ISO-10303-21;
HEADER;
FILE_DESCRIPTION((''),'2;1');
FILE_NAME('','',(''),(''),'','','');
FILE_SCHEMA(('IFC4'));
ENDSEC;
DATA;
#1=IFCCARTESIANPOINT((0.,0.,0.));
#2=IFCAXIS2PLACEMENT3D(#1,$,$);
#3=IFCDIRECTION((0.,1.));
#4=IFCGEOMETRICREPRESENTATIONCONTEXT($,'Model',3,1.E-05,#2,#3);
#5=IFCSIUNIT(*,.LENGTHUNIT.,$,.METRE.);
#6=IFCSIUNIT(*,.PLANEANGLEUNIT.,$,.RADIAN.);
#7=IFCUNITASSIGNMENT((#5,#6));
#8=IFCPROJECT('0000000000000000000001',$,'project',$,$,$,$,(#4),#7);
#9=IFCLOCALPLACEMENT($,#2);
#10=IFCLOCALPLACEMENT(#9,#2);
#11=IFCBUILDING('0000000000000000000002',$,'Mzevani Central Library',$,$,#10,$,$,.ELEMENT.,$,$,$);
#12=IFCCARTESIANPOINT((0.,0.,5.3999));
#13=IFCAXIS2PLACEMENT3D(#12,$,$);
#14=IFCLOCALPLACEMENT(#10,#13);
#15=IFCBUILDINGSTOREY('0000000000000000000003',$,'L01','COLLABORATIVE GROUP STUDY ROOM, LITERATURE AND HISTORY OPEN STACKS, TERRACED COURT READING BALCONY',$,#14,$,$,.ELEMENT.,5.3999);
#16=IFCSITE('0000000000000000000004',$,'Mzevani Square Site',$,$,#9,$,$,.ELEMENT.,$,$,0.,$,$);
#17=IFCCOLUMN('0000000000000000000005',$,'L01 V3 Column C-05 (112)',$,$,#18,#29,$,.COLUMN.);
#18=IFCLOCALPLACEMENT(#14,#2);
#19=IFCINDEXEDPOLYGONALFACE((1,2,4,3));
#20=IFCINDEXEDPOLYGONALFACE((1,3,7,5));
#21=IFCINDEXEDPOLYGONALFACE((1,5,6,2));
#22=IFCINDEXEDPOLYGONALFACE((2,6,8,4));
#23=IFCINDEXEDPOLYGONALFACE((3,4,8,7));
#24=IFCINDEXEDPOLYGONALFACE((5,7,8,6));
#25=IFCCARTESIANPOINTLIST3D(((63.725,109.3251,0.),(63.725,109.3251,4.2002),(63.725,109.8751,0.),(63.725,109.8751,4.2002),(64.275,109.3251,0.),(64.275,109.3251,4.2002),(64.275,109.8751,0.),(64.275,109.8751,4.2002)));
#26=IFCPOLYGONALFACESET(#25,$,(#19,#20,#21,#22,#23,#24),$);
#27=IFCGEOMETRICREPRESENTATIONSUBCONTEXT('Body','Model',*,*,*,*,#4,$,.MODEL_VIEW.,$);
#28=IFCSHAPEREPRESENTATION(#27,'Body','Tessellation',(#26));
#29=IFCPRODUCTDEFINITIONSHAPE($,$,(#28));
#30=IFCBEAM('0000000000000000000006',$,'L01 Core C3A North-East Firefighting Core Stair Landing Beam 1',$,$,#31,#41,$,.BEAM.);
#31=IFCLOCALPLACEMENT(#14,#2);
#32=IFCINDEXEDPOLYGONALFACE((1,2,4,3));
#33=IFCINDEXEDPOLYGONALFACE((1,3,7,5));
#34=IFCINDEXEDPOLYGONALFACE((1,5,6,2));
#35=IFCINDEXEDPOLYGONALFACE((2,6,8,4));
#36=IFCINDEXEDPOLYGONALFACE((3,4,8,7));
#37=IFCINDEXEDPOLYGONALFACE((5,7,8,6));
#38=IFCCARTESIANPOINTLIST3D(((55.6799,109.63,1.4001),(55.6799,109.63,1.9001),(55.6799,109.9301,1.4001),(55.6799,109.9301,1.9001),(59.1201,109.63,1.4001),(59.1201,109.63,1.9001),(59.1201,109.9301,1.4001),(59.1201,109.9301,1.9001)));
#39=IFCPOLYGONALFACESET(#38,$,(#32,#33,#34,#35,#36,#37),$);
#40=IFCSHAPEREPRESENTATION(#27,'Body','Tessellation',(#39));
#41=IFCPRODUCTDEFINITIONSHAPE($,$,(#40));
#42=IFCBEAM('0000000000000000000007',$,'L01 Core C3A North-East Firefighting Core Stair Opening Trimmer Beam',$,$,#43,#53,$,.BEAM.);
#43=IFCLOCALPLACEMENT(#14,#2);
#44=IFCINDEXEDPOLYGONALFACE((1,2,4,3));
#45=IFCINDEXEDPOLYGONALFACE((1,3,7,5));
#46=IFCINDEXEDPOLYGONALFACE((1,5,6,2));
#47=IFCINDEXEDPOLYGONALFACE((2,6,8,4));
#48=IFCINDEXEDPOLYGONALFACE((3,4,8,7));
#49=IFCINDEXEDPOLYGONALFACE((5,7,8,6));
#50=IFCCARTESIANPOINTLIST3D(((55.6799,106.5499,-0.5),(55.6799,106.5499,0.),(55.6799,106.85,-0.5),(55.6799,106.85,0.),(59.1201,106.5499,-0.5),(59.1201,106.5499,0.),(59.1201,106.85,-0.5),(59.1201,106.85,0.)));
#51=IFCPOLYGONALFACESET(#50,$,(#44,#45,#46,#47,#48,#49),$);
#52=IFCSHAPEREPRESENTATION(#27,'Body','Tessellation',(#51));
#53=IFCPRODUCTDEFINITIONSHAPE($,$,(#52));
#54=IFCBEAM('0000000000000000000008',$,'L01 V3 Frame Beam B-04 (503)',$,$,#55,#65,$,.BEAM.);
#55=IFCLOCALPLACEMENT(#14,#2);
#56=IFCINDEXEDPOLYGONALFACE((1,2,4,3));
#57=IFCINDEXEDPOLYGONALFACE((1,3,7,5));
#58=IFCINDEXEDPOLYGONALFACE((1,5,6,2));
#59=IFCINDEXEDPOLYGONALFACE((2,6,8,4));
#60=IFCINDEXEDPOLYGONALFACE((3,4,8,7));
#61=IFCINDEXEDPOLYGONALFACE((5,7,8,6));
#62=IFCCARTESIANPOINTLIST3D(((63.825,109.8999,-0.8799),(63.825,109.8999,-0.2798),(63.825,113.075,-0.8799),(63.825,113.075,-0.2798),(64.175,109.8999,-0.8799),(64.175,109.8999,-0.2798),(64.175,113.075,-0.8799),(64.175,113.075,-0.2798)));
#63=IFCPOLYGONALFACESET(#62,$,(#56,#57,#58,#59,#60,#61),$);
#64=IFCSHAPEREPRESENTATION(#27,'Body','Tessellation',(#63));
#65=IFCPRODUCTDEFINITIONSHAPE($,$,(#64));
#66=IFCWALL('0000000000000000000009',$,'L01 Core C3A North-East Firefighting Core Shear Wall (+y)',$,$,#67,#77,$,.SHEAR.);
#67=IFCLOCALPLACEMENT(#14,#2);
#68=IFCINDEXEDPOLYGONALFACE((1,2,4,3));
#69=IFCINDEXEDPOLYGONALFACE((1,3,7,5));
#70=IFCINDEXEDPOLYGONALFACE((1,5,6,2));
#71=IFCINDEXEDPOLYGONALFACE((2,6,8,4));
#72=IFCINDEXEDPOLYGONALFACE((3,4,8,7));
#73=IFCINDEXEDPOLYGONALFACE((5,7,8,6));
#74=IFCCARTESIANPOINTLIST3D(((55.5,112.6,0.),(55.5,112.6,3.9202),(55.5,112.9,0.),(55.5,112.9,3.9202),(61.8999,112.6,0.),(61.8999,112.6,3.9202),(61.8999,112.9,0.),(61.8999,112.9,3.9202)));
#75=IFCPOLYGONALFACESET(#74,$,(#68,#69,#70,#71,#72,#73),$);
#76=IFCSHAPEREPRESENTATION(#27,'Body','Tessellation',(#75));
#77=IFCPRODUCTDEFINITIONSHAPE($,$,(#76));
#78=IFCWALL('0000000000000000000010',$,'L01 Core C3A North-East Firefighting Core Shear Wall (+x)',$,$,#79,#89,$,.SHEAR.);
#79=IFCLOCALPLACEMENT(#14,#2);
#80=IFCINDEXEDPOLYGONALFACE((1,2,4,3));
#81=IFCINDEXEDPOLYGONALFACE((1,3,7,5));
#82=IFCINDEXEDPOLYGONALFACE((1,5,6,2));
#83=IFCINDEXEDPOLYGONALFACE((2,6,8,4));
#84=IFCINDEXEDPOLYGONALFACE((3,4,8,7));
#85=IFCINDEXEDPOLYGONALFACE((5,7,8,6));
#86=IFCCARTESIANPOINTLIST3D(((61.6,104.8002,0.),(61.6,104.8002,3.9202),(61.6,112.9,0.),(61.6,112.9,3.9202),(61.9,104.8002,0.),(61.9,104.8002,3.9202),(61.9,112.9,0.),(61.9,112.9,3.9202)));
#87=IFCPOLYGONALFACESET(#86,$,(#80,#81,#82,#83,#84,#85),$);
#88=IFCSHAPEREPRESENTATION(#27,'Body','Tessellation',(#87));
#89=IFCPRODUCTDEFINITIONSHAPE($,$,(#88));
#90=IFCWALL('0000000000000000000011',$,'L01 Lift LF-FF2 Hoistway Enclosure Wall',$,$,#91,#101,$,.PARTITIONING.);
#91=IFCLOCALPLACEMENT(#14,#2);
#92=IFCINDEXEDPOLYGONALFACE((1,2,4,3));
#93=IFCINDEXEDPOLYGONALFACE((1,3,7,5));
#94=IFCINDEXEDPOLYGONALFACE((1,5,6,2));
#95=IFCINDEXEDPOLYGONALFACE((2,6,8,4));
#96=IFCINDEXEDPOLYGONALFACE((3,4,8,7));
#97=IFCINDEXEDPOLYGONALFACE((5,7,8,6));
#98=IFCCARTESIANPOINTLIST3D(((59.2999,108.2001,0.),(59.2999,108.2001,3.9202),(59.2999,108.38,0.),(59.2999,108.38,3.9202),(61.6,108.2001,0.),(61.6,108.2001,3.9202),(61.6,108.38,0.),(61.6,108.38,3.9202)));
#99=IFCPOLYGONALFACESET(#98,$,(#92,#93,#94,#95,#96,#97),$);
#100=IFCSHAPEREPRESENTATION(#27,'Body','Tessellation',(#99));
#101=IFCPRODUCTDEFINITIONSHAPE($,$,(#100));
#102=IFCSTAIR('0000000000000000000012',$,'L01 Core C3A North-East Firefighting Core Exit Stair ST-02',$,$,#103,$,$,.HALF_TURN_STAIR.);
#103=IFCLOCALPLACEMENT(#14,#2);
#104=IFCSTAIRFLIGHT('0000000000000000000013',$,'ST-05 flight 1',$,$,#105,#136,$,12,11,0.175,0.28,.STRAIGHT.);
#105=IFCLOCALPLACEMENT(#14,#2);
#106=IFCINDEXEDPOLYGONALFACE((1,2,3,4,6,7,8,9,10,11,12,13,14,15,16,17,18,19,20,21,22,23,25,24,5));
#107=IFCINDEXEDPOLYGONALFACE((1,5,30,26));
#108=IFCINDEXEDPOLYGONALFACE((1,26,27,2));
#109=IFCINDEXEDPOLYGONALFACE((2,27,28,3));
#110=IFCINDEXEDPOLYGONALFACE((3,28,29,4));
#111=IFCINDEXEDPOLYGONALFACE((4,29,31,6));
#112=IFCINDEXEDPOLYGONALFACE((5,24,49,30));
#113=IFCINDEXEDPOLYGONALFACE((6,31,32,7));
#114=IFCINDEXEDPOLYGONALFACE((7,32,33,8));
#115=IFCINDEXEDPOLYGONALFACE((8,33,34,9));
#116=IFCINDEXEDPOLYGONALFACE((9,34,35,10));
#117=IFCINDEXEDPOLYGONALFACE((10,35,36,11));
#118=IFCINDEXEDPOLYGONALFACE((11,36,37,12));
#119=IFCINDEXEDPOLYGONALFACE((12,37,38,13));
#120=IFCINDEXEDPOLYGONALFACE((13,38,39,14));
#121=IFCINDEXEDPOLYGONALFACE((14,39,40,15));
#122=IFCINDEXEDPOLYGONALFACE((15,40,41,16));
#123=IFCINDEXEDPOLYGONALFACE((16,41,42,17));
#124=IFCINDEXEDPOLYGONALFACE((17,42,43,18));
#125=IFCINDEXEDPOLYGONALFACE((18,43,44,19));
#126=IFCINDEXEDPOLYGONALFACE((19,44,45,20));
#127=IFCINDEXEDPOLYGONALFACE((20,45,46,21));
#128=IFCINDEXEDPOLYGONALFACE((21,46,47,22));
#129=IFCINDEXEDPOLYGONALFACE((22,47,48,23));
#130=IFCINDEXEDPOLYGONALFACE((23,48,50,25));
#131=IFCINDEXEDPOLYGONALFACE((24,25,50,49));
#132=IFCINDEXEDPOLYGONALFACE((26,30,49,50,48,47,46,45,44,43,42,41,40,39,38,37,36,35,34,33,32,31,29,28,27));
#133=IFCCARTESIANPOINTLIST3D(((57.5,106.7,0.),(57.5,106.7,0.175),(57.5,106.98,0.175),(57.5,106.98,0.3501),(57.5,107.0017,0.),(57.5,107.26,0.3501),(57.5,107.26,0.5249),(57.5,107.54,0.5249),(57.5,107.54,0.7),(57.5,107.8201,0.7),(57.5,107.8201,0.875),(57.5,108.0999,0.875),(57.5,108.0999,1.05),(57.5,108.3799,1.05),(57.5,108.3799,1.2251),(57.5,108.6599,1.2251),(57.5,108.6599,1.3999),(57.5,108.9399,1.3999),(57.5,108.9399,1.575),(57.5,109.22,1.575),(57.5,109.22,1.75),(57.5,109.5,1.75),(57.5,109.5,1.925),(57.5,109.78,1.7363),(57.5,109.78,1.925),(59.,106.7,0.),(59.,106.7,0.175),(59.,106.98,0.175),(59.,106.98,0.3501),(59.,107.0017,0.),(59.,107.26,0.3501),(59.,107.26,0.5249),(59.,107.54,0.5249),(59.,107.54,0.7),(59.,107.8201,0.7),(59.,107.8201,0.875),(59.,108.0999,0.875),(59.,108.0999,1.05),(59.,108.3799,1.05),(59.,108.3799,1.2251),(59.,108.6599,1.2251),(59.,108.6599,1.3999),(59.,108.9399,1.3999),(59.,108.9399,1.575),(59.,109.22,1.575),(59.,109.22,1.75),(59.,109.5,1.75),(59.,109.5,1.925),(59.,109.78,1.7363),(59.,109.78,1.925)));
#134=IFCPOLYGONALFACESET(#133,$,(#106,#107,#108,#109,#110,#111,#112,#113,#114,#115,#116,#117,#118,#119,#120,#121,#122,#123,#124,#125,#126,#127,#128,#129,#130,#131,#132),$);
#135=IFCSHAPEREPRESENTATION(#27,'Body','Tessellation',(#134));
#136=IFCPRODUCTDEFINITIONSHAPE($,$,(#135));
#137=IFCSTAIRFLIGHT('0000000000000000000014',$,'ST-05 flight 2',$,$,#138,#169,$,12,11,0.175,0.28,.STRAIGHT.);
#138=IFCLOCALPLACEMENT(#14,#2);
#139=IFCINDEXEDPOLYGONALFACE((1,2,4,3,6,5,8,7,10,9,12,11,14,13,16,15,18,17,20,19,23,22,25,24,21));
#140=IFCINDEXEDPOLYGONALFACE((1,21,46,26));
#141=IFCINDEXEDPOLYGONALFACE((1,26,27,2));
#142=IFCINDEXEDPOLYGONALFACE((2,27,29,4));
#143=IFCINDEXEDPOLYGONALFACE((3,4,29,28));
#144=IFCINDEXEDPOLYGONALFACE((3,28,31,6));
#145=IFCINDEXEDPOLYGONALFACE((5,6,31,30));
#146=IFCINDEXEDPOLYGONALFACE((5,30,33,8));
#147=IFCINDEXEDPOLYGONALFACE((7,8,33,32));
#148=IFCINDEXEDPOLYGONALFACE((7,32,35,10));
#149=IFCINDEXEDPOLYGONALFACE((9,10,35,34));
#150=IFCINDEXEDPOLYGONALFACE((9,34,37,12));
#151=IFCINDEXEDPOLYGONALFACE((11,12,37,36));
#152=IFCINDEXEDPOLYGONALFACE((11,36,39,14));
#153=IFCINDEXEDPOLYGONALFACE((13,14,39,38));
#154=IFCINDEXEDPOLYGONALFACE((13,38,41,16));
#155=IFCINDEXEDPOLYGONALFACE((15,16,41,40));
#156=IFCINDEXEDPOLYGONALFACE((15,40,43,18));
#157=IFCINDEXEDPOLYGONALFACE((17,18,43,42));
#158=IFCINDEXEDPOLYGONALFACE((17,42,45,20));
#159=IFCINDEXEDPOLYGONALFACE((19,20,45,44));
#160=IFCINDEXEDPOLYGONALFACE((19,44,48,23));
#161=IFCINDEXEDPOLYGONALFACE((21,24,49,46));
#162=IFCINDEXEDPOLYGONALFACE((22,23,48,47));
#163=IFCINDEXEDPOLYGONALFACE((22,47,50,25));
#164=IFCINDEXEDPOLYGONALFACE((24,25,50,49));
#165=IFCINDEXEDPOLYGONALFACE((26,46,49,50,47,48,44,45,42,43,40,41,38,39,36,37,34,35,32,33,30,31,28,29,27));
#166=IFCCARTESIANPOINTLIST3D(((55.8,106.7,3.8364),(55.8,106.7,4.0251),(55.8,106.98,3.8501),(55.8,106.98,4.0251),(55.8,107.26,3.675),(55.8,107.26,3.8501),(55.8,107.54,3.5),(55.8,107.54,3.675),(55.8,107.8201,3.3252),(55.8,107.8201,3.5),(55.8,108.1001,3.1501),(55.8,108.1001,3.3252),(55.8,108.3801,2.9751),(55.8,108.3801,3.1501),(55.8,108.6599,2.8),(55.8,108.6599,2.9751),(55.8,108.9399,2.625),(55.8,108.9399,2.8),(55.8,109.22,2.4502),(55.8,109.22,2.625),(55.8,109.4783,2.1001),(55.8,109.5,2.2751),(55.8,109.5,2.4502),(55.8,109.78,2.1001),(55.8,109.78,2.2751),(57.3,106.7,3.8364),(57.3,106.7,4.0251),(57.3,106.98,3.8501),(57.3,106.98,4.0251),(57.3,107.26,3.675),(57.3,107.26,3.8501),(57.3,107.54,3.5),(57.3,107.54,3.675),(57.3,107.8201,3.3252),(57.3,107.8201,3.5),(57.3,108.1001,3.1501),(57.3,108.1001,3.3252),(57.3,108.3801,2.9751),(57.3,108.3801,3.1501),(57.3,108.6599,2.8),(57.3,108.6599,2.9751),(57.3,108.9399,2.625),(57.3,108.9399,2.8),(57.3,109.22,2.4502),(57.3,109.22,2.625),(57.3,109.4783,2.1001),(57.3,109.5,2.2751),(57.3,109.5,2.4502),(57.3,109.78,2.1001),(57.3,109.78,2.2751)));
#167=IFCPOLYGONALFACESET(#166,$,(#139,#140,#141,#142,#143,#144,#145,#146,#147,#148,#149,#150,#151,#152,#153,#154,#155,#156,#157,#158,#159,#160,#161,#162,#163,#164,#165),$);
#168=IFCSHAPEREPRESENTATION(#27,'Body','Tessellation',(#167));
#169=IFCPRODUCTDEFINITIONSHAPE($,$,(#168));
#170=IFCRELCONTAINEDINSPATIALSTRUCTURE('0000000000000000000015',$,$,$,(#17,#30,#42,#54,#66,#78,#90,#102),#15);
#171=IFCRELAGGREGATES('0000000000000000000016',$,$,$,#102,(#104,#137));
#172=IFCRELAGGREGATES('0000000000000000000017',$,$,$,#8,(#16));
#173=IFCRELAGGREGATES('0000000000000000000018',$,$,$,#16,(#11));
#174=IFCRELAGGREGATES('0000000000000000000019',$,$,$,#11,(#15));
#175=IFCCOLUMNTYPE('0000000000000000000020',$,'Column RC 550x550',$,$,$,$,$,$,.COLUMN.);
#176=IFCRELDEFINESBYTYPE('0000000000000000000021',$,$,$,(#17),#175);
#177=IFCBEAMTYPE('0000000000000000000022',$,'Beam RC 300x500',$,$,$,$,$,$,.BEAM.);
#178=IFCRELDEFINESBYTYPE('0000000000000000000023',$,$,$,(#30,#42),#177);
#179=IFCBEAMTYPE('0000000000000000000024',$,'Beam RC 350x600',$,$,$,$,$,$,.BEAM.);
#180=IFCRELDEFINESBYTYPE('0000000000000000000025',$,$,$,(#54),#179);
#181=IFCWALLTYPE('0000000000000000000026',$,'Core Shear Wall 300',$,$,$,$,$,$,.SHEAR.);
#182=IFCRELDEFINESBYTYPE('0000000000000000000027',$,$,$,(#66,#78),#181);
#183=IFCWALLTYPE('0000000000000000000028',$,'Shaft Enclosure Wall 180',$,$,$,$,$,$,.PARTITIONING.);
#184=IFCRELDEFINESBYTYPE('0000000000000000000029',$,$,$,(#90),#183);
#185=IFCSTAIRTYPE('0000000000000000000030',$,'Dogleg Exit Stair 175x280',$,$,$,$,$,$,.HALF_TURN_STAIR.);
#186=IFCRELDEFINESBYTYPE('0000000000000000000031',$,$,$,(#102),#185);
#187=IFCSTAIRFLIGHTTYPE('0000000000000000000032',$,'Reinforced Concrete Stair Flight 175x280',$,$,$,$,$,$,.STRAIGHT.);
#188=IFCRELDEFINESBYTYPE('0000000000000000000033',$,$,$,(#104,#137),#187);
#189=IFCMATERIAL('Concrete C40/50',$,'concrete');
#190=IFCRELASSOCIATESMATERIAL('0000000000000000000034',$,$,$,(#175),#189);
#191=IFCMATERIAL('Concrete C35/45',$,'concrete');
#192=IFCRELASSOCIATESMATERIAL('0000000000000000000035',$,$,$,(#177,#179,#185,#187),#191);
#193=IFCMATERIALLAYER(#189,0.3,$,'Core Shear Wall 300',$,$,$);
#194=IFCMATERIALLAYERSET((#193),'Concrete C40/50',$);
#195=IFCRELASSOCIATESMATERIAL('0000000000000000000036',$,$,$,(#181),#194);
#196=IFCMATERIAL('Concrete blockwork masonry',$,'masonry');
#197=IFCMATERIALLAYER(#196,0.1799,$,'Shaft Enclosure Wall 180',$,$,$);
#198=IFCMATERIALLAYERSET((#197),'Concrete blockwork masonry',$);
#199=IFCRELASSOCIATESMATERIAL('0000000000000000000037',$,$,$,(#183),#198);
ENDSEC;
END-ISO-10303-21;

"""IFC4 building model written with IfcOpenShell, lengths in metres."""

from ifc_helpers import new_model, si_unit, direction, frame, frame_2d, origin, origin_2d, place, context, subcontext, project, spatial, polyline, rectangle, outline, extrude, material, layer, layer_set, material_profile, profile_set, type_object, element, aggregate, save


model = new_model("IFC4")

# Units and contexts
model_context = context("Model", 3, precision=1e-05, world=origin(), true_north=direction((0.0, 1.0)))
body_context = subcontext(model_context, "Body", "Model", "MODEL_VIEW")
ifc_project = project(units=[si_unit("LENGTHUNIT", "METRE"), si_unit("PLANEANGLEUNIT", "RADIAN")], contexts=[model_context])

# Site, building, storey
site_placement = place(None, origin())
site = spatial("IfcSite", under=ifc_project, at=site_placement, Name="Mzevani Square Site", CompositionType="ELEMENT", RefElevation=0.0)
building_placement = place(site_placement, origin())
building = spatial("IfcBuilding", under=site, at=building_placement, Name="Mzevani Central Library", CompositionType="ELEMENT")
storey_placement = place(building_placement, frame((0.0, 0.0, 5.3999)))
storey = spatial("IfcBuildingStorey", under=building, at=storey_placement, Name="L01", Description="COLLABORATIVE GROUP STUDY ROOM, LITERATURE AND HISTORY OPEN STACKS, TERRACED COURT READING BALCONY", CompositionType="ELEMENT", Elevation=5.3999)

# Column
ifc_material_1 = material(Name="Concrete C40/50", Category="concrete")
ifc_material_profile_1 = material_profile(ifc_material_1, rectangle(XDim=0.55, YDim=0.55, at=origin_2d()), Name="RC 550x550")
ifc_profile_set_1 = profile_set([ifc_material_profile_1], Name="Concrete C40/50")
column_type = type_object("IfcColumnType", Name="Column RC 550x550", PredefinedType="COLUMN", material=ifc_profile_set_1)
column_placement = place(storey_placement, frame((64.0, 109.6001, 0.0), z_axis=(0.0, 0.0, 1.0), x_axis=(1.0, 0.0, 0.0)))
element("IfcColumn", 1, at=column_placement, inside=storey, type_object=column_type, Name="L01 V3 Column C-05 (112)", PredefinedType="COLUMN", context=body_context, shape_type="SweptSolid", body=[
    extrude(rectangle(XDim=0.55, YDim=0.55, at=origin_2d()), origin(), (0.0, 0.0, 1.0), 4.2002),
])

# Beams
ifc_material_2 = material(Name="Concrete C35/45", Category="concrete")
ifc_material_profile_2 = material_profile(ifc_material_2, rectangle(XDim=0.3, YDim=0.5, at=origin_2d()), Name="RC B300x500")
ifc_profile_set_2 = profile_set([ifc_material_profile_2], Name="Concrete C35/45")
beam_type_1 = type_object("IfcBeamType", Name="Beam RC 300x500", PredefinedType="BEAM", material=ifc_profile_set_2)
for number, where, z_axis, x_axis, name in (
    (2, (55.6799, 109.78, 1.6501), (1.0, 0.0, 0.0), (0.0, 1.0, 0.0), "L01 Core C3A North-East Firefighting Core Stair Landing Beam 1"),
    (3, (55.6799, 106.7, -0.25), (1.0, 0.0, 0.0), (0.0, 1.0, 0.0), "L01 Core C3A North-East Firefighting Core Stair Opening Trimmer Beam"),
):
    element("IfcBeam", number, at=place(storey_placement, frame(where, z_axis=z_axis, x_axis=x_axis)), inside=storey, type_object=beam_type_1, Name=name, PredefinedType="BEAM", context=body_context, shape_type="SweptSolid", body=[
        extrude(rectangle(XDim=0.3, YDim=0.5, at=origin_2d()), origin(), (0.0, 0.0, 1.0), 3.4402),
    ])
ifc_material_profile_3 = material_profile(ifc_material_2, rectangle(XDim=0.3501, YDim=0.6001, at=origin_2d()), Name="RC B350x600")
ifc_profile_set_3 = profile_set([ifc_material_profile_3], Name="Concrete C35/45")
beam_type_2 = type_object("IfcBeamType", Name="Beam RC 350x600", PredefinedType="BEAM", material=ifc_profile_set_3)
beam_placement = place(storey_placement, frame((64.0, 109.8999, -0.5798), z_axis=(0.0, 1.0, 0.0), x_axis=(-1.0, 0.0, 0.0)))
element("IfcBeam", 4, at=beam_placement, inside=storey, type_object=beam_type_2, Name="L01 V3 Frame Beam B-04 (503)", PredefinedType="BEAM", context=body_context, shape_type="SweptSolid", body=[
    extrude(rectangle(XDim=0.3501, YDim=0.6001, at=origin_2d()), origin(), (0.0, 0.0, 1.0), 3.175),
])

# Shared definitions
ifc_layer_1 = layer(ifc_material_1, 0.3, Name="Core Shear Wall 300")
ifc_layer_set_1 = layer_set([ifc_layer_1], Name="Concrete C40/50")
wall_type_1 = type_object("IfcWallType", Name="Core Shear Wall 300", PredefinedType="SHEAR", material=ifc_layer_set_1)

# Walls
wall_1_placement = place(storey_placement, frame((55.5, 112.75, 0.0), z_axis=(0.0, 0.0, 1.0), x_axis=(1.0, 0.0, 0.0)))
element("IfcWall", 5, at=wall_1_placement, inside=storey, type_object=wall_type_1, Name="L01 Core C3A North-East Firefighting Core Shear Wall (+y)", PredefinedType="SHEAR", context=body_context, shape_type="SweptSolid", body=[
    extrude(rectangle(XDim=6.3999, YDim=0.3, at=frame_2d((3.2, 0.0))), origin(), (0.0, 0.0, 1.0), 3.9202),
])
wall_2_placement = place(storey_placement, frame((61.75, 112.8999, 0.0), z_axis=(0.0, 0.0, 1.0), x_axis=(0.0, -1.0, 0.0)))
element("IfcWall", 6, at=wall_2_placement, inside=storey, type_object=wall_type_1, Name="L01 Core C3A North-East Firefighting Core Shear Wall (+x)", PredefinedType="SHEAR", context=body_context, shape_type="SweptSolid", body=[
    extrude(rectangle(XDim=8.0999, YDim=0.3, at=frame_2d((4.0498, 0.0))), origin(), (0.0, 0.0, 1.0), 3.9202),
])
ifc_material_3 = material(Name="Concrete blockwork masonry", Category="masonry")
ifc_layer_2 = layer(ifc_material_3, 0.1799, Name="Shaft Enclosure Wall 180")
ifc_layer_set_2 = layer_set([ifc_layer_2], Name="Concrete blockwork masonry")
wall_type_2 = type_object("IfcWallType", Name="Shaft Enclosure Wall 180", PredefinedType="PARTITIONING", material=ifc_layer_set_2)
wall_3_placement = place(storey_placement, frame((59.3, 108.29, 0.0), z_axis=(0.0, 0.0, 1.0), x_axis=(1.0, 0.0, 0.0)))
element("IfcWall", 7, at=wall_3_placement, inside=storey, type_object=wall_type_2, Name="L01 Lift LF-FF2 Hoistway Enclosure Wall", PredefinedType="PARTITIONING", context=body_context, shape_type="SweptSolid", body=[
    extrude(rectangle(XDim=2.3, YDim=0.1799, at=frame_2d((1.1499, 0.0))), origin(), (0.0, 0.0, 1.0), 3.9202),
])

# Stair, stair flights
stair_type = type_object("IfcStairType", Name="Dogleg Exit Stair 175x280", PredefinedType="HALF_TURN_STAIR", material=ifc_material_2)
stair_placement = place(storey_placement, origin())
stair = element("IfcStair", 8, at=stair_placement, inside=storey, type_object=stair_type, Name="L01 Core C3A North-East Firefighting Core Exit Stair ST-02", PredefinedType="HALF_TURN_STAIR")
stair_flight_type = type_object("IfcStairFlightType", Name="Reinforced Concrete Stair Flight 175x280", PredefinedType="STRAIGHT", material=ifc_material_2)
stair_flight_1_placement = place(storey_placement, frame((58.25, 106.7, 0.0), z_axis=(0.0, 0.0, 1.0), x_axis=(0.0, 1.0, 0.0)))
stair_flight_1 = element("IfcStairFlight", 9, at=stair_flight_1_placement, type_object=stair_flight_type, Name="ST-05 flight 1", NumberOfRisers=12, NumberOfTreads=11, PredefinedType="STRAIGHT", RiserHeight=0.175, TreadLength=0.28, context=body_context, shape_type="SweptSolid", body=[
    extrude(outline(polyline([(0.0, 0.0), (0.0, 0.175), (0.28, 0.175), (0.28, 0.3501), (0.5601, 0.3501), (0.5601, 0.5249), (0.8401, 0.5249), (0.8401, 0.7), (1.1201, 0.7), (1.1201, 0.875), (1.3999, 0.875), (1.3999, 1.05), (1.6799, 1.05), (1.6799, 1.2251), (1.96, 1.2251), (1.96, 1.3999), (2.24, 1.3999), (2.24, 1.575), (2.52, 1.575), (2.52, 1.75), (2.8, 1.75), (2.8, 1.925), (3.0801, 1.925), (3.0801, 2.1001), (3.0801, 1.7363), (0.3018, 0.0), (0.0, 0.0)])), frame((0.0, 0.75, 0.0), z_axis=(0.0, -1.0, 0.0), x_axis=(1.0, 0.0, 0.0)), (0.0, 0.0, 1.0), 1.5),
])
stair_flight_2_placement = place(storey_placement, frame((56.55, 109.78, 2.1001), z_axis=(0.0, 0.0, 1.0), x_axis=(0.0, -1.0, 0.0)))
stair_flight_2 = element("IfcStairFlight", 10, at=stair_flight_2_placement, type_object=stair_flight_type, Name="ST-05 flight 2", NumberOfRisers=12, NumberOfTreads=11, PredefinedType="STRAIGHT", RiserHeight=0.175, TreadLength=0.28, context=body_context, shape_type="SweptSolid", body=[
    extrude(outline(polyline([(0.0, 0.0), (0.0, 0.175), (0.28, 0.175), (0.28, 0.3501), (0.5601, 0.3501), (0.5601, 0.5249), (0.8401, 0.5249), (0.8401, 0.7), (1.1201, 0.7), (1.1201, 0.875), (1.3999, 0.875), (1.3999, 1.05), (1.6799, 1.05), (1.6799, 1.2251), (1.96, 1.2251), (1.96, 1.3999), (2.24, 1.3999), (2.24, 1.575), (2.52, 1.575), (2.52, 1.75), (2.8, 1.75), (2.8, 1.925), (3.0801, 1.925), (3.0801, 2.1001), (3.0801, 1.7363), (0.3018, 0.0), (0.0, 0.0)])), frame((0.0, 0.75, 0.0), z_axis=(0.0, -1.0, 0.0), x_axis=(1.0, 0.0, 0.0)), (0.0, 0.0, 1.0), 1.5),
])
aggregate(stair, [stair_flight_1, stair_flight_2])

save(model, "model.ifc")
